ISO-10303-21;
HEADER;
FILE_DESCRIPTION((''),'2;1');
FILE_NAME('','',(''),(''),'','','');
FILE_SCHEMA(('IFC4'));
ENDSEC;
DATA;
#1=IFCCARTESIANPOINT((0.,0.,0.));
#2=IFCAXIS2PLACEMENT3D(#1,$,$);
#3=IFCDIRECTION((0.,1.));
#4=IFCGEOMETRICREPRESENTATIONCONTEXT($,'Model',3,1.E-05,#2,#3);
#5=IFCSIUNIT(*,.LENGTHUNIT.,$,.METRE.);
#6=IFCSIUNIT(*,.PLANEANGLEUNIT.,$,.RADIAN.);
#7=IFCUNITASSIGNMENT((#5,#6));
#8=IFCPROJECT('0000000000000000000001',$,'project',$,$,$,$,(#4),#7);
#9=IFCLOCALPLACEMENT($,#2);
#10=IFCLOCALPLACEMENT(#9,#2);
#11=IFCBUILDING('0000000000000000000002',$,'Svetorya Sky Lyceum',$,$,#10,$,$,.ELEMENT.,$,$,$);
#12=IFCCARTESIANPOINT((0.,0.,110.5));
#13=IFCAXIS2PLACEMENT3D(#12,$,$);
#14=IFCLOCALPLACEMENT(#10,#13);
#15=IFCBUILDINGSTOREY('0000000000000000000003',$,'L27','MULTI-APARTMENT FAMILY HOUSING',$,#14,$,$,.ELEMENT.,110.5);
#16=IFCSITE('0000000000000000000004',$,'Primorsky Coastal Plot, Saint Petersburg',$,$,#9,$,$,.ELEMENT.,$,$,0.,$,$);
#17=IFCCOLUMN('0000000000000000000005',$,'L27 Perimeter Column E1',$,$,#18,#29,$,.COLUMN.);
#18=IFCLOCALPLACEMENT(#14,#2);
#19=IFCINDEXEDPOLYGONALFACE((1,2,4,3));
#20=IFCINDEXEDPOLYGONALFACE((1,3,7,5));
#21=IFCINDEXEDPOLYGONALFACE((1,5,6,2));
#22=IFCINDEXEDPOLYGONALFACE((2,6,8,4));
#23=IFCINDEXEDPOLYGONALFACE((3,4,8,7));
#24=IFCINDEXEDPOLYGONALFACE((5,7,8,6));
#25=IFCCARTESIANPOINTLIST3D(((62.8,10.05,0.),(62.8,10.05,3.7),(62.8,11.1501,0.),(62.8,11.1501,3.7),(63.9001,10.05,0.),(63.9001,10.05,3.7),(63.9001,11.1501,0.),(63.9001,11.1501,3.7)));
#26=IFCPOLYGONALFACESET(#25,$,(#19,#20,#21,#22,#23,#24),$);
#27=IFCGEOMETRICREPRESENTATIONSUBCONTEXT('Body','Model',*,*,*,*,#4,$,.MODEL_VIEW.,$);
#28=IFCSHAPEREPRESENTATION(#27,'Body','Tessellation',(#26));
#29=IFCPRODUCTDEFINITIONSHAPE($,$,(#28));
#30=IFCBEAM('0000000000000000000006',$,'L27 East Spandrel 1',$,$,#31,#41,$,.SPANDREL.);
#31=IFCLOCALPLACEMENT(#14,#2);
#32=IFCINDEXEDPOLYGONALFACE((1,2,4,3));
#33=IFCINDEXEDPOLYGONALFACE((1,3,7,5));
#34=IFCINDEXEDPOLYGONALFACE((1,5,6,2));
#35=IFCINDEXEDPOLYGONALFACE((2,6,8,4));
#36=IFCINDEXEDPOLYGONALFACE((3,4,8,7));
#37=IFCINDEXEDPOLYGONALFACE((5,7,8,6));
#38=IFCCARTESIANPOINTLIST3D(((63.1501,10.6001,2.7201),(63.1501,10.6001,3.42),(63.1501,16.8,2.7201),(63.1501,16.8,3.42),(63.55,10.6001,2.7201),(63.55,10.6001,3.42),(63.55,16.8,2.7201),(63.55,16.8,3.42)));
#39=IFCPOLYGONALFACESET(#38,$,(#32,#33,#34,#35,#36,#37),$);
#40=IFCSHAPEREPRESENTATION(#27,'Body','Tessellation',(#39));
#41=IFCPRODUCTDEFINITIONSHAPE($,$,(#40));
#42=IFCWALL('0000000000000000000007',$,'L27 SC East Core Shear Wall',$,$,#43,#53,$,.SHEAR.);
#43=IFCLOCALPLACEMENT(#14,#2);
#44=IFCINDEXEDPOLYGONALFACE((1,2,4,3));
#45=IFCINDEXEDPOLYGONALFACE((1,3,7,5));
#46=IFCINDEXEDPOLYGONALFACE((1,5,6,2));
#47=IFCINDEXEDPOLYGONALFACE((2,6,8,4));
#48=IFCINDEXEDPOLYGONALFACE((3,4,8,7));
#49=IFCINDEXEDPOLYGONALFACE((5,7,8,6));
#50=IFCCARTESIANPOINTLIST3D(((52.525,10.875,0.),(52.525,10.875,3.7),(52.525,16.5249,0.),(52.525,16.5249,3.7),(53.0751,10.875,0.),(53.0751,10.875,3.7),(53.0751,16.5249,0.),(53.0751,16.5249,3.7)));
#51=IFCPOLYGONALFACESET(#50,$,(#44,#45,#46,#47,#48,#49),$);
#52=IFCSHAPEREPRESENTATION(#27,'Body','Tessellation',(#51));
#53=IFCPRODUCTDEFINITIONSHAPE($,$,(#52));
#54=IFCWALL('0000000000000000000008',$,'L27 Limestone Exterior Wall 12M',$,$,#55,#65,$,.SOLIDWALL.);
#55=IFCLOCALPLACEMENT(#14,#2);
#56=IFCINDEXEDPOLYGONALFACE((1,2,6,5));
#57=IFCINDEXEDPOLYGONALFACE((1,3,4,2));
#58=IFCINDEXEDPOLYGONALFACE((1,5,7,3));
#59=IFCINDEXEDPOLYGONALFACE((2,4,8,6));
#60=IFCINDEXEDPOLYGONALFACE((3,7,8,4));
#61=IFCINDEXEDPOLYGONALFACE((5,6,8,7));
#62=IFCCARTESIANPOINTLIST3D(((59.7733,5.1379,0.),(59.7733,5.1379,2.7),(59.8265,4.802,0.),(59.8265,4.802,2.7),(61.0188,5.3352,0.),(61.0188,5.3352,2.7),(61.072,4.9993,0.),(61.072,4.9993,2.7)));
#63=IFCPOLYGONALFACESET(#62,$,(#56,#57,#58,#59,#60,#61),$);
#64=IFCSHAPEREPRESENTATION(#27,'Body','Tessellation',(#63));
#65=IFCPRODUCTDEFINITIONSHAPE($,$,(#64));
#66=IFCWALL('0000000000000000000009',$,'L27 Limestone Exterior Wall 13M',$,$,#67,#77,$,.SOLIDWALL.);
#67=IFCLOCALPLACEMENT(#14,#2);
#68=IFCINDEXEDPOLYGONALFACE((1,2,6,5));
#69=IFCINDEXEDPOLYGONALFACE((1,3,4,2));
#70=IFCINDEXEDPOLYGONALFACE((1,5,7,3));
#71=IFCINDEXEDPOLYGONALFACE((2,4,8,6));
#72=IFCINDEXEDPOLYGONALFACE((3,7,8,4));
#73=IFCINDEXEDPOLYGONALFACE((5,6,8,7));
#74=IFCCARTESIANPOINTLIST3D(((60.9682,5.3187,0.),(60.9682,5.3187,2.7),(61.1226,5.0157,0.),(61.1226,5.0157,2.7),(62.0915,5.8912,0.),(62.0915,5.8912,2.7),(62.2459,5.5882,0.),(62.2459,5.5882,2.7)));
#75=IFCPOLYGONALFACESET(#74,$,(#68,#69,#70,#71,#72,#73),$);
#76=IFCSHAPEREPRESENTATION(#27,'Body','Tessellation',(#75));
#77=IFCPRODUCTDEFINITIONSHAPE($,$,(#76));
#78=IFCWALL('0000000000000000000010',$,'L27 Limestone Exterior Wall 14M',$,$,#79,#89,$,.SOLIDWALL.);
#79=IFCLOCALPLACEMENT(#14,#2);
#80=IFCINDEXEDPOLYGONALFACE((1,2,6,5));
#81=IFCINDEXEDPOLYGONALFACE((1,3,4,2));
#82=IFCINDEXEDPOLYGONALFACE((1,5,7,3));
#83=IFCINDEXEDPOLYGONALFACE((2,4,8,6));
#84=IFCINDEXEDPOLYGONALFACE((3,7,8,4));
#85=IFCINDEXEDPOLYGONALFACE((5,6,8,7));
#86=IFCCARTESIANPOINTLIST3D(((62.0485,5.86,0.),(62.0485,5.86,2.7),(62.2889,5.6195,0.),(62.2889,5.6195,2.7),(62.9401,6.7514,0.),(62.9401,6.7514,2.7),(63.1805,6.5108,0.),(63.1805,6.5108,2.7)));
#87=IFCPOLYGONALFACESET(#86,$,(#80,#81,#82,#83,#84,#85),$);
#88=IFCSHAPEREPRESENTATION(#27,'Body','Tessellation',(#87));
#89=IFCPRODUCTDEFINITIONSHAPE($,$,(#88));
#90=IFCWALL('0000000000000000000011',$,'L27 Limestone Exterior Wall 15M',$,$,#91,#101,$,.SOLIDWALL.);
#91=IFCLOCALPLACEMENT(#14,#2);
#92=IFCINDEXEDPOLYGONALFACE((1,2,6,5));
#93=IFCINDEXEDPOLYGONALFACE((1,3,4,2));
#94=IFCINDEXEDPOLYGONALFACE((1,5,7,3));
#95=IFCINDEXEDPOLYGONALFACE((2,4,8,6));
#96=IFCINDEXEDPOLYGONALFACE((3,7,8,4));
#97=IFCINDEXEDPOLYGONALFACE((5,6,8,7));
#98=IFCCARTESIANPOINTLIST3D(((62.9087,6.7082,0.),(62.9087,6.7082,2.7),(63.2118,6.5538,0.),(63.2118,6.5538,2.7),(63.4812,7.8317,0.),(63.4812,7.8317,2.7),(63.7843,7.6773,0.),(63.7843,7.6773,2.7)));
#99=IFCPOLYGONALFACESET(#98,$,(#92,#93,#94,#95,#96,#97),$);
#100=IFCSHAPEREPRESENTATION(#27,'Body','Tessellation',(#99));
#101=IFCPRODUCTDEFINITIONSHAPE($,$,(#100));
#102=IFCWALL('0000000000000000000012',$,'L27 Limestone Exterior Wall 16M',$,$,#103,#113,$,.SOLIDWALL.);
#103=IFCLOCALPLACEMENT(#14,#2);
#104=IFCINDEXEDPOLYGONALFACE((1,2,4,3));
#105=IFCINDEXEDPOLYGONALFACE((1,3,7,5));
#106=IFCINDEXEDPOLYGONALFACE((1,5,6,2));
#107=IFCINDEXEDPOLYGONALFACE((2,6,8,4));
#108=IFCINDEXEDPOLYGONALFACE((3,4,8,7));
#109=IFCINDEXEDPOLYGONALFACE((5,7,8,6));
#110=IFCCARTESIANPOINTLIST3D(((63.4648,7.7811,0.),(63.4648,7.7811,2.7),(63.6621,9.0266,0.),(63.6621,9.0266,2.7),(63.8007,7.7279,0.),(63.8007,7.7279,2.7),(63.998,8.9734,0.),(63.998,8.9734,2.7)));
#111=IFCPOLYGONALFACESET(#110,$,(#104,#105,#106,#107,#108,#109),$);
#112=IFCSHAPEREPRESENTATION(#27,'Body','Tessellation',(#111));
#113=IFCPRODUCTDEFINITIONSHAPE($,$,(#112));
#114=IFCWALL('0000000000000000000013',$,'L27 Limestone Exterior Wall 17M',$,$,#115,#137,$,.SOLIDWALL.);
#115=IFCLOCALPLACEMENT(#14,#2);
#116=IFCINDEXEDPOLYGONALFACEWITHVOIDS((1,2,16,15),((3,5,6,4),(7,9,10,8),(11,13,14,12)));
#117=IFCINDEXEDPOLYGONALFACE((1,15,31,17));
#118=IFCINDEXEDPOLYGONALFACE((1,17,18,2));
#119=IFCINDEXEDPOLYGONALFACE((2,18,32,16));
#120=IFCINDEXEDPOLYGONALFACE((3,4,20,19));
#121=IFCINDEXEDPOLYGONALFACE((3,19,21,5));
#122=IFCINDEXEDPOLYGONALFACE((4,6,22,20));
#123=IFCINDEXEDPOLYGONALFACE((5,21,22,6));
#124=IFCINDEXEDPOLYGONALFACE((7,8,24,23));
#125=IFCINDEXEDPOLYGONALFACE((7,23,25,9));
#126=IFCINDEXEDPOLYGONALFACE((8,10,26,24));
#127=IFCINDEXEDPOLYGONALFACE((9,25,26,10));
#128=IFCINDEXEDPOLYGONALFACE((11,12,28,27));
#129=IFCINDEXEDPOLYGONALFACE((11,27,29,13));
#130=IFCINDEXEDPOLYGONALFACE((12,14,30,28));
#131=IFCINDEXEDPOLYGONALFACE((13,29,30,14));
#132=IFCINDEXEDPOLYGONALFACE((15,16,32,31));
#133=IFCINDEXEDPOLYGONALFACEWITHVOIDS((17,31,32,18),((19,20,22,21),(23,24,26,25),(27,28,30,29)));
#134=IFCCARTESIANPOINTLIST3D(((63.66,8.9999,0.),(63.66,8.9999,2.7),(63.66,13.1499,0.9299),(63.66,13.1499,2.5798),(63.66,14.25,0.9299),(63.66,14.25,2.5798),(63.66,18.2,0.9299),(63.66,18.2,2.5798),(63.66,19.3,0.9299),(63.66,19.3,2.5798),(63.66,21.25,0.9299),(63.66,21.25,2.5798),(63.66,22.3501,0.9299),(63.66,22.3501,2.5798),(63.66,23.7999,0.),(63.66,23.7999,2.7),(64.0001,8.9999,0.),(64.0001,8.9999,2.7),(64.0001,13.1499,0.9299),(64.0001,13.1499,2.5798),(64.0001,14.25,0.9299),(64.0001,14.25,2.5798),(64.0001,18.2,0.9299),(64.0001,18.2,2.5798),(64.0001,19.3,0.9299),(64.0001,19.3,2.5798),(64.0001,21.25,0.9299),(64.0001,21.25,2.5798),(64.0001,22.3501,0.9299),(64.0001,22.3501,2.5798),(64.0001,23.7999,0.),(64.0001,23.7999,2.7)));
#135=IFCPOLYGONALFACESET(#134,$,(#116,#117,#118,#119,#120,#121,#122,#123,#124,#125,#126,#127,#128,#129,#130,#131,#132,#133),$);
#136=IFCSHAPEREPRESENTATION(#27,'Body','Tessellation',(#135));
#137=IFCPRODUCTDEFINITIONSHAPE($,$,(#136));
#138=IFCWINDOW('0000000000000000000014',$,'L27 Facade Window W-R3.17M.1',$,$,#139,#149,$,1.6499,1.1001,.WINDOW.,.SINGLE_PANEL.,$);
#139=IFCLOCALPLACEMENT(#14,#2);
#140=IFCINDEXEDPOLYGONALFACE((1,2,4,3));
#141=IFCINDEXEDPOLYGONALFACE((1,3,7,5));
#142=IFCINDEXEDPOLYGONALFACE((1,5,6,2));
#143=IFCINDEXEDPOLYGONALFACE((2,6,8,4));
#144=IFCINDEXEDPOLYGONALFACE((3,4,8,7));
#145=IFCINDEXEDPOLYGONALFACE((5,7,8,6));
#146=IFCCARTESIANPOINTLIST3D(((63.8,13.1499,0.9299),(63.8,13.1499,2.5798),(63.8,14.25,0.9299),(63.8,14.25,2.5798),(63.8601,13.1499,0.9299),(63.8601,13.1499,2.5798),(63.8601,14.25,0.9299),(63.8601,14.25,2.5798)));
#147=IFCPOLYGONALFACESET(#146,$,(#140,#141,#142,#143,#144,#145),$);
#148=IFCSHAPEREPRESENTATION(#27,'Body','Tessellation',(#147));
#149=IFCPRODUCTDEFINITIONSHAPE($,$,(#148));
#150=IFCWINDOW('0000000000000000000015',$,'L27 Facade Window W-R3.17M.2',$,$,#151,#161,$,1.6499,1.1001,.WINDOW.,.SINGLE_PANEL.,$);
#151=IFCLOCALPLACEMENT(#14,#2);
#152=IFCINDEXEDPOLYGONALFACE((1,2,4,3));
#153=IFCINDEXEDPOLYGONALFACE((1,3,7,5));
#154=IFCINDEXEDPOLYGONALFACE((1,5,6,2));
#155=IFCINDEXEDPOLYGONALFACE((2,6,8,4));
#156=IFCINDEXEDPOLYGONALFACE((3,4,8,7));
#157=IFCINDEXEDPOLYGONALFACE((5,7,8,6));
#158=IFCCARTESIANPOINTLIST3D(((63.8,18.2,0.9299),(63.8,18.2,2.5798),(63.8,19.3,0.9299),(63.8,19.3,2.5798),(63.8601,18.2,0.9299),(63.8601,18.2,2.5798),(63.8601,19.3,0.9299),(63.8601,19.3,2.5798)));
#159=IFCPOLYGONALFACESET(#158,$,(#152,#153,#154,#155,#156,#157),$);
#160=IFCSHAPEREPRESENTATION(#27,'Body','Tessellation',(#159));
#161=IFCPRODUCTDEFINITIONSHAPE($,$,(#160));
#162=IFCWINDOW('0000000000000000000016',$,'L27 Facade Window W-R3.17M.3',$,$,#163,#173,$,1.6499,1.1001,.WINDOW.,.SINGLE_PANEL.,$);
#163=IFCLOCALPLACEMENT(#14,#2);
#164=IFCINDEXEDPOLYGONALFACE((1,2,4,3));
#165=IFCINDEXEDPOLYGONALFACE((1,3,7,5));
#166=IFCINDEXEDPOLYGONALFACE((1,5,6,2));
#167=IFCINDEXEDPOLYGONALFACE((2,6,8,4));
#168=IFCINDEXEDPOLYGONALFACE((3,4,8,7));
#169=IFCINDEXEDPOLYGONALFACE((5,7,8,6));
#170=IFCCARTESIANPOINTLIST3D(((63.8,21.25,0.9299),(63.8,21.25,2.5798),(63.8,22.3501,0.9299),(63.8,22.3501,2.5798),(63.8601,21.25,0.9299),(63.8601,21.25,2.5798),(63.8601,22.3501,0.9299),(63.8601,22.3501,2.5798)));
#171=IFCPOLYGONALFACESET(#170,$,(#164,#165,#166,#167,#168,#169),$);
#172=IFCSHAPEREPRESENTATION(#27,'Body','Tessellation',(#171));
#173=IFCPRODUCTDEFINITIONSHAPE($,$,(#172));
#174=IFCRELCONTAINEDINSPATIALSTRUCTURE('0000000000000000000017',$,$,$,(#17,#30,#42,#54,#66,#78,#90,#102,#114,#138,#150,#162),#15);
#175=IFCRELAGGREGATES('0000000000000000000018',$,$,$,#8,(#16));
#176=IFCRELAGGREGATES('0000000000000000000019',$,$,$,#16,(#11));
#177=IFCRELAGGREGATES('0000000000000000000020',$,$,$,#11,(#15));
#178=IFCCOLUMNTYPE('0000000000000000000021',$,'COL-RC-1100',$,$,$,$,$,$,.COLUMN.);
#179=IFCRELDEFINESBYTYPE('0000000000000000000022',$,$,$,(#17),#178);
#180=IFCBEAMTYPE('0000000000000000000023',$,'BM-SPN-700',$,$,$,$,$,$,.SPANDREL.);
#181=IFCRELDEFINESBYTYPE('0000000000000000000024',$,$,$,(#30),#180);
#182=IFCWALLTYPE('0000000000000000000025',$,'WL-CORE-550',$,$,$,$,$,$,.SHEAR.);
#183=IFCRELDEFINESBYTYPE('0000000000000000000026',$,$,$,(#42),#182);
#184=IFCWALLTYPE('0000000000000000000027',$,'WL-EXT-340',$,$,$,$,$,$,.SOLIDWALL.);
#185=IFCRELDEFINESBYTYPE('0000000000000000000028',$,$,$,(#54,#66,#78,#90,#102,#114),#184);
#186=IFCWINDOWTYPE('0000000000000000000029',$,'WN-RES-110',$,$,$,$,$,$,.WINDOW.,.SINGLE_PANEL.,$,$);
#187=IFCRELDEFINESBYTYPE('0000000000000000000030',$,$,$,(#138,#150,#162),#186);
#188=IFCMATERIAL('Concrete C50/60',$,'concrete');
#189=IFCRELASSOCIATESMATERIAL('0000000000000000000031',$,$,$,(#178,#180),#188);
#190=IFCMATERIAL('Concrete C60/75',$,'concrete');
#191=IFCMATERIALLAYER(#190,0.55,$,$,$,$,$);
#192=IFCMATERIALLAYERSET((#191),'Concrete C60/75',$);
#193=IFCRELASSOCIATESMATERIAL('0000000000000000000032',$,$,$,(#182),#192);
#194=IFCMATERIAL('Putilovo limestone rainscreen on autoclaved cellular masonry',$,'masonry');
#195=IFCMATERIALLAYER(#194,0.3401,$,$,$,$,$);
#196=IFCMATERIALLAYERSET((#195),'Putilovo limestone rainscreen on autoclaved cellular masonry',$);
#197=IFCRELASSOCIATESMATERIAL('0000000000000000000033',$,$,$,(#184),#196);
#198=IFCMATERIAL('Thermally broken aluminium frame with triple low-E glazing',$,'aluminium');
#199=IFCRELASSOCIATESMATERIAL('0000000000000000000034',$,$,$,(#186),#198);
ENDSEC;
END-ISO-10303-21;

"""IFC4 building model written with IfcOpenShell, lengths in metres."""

from ifc_helpers import new_model, si_unit, direction, frame, frame_2d, origin, origin_2d, place, context, subcontext, project, spatial, rectangle, extrude, material, layer, layer_set, material_profile, profile_set, type_object, element, fill, save


model = new_model("IFC4")

# Units and contexts
model_context = context("Model", 3, precision=1e-05, world=origin(), true_north=direction((0.0, 1.0)))
body_context = subcontext(model_context, "Body", "Model", "MODEL_VIEW")
ifc_project = project(units=[si_unit("LENGTHUNIT", "METRE"), si_unit("PLANEANGLEUNIT", "RADIAN")], contexts=[model_context])

# Site, building, storey
site_placement = place(None, origin())
site = spatial("IfcSite", under=ifc_project, at=site_placement, Name="Primorsky Coastal Plot, Saint Petersburg", CompositionType="ELEMENT", RefElevation=0.0)
building_placement = place(site_placement, origin())
building = spatial("IfcBuilding", under=site, at=building_placement, Name="Svetorya Sky Lyceum", CompositionType="ELEMENT")
storey_placement = place(building_placement, frame((0.0, 0.0, 110.5)))
storey = spatial("IfcBuildingStorey", under=building, at=storey_placement, Name="L27", Description="MULTI-APARTMENT FAMILY HOUSING", CompositionType="ELEMENT", Elevation=110.5)

# Column
ifc_material_1 = material(Name="Concrete C50/60", Category="concrete")
ifc_material_profile_1 = material_profile(ifc_material_1, rectangle(XDim=1.1001, YDim=1.1001, at=origin_2d()), Name="RC COL 1100x1100")
ifc_profile_set_1 = profile_set([ifc_material_profile_1], Name="Concrete C50/60")
column_type = type_object("IfcColumnType", Name="COL-RC-1100", PredefinedType="COLUMN", material=ifc_profile_set_1)
column_placement = place(storey_placement, frame((63.3501, 10.6001, 0.0), z_axis=(0.0, 0.0, 1.0), x_axis=(1.0, 0.0, 0.0)))
element("IfcColumn", 1, at=column_placement, inside=storey, type_object=column_type, Name="L27 Perimeter Column E1", PredefinedType="COLUMN", context=body_context, shape_type="SweptSolid", body=[
    extrude(rectangle(XDim=1.1001, YDim=1.1001, at=origin_2d()), origin(), (0.0, 0.0, 1.0), 3.7),
])

# Beam
ifc_material_profile_2 = material_profile(ifc_material_1, rectangle(XDim=0.3999, YDim=0.7, at=origin_2d()), Name="RC SPANDREL 400x700")
ifc_profile_set_2 = profile_set([ifc_material_profile_2], Name="Concrete C50/60")
beam_type = type_object("IfcBeamType", Name="BM-SPN-700", PredefinedType="SPANDREL", material=ifc_profile_set_2)
beam_placement = place(storey_placement, frame((63.3501, 10.6001, 3.0701), z_axis=(0.0, 1.0, 0.0), x_axis=(-1.0, 0.0, 0.0)))
element("IfcBeam", 2, at=beam_placement, inside=storey, type_object=beam_type, Name="L27 East Spandrel 1", PredefinedType="SPANDREL", context=body_context, shape_type="SweptSolid", body=[
    extrude(rectangle(XDim=0.3999, YDim=0.7, at=origin_2d()), origin(), (0.0, 0.0, 1.0), 6.2),
])

# Walls
ifc_material_2 = material(Name="Concrete C60/75", Category="concrete")
ifc_layer_1 = layer(ifc_material_2, 0.55)
ifc_layer_set_1 = layer_set([ifc_layer_1], Name="Concrete C60/75")
wall_type_1 = type_object("IfcWallType", Name="WL-CORE-550", PredefinedType="SHEAR", material=ifc_layer_set_1)
wall_1_placement = place(storey_placement, frame((52.8, 10.875, 0.0), z_axis=(0.0, 0.0, 1.0), x_axis=(0.0, 1.0, 0.0)))
element("IfcWall", 3, at=wall_1_placement, inside=storey, type_object=wall_type_1, Name="L27 SC East Core Shear Wall", PredefinedType="SHEAR", context=body_context, shape_type="SweptSolid", body=[
    extrude(rectangle(XDim=5.6499, YDim=0.55, at=frame_2d((2.825, 0.0))), origin(), (0.0, 0.0, 1.0), 3.7),
])
ifc_material_3 = material(Name="Putilovo limestone rainscreen on autoclaved cellular masonry", Category="masonry")
ifc_layer_2 = layer(ifc_material_3, 0.3401)
ifc_layer_set_2 = layer_set([ifc_layer_2], Name="Putilovo limestone rainscreen on autoclaved cellular masonry")
wall_type_2 = type_object("IfcWallType", Name="WL-EXT-340", PredefinedType="SOLIDWALL", material=ifc_layer_set_2)
wall_2_placement = place(storey_placement, frame((59.8, 4.97, 0.0), z_axis=(0.0, 0.0, 1.0), x_axis=(0.987686, 0.15645, 0.0)))
element("IfcWall", 4, at=wall_2_placement, inside=storey, type_object=wall_type_2, Name="L27 Limestone Exterior Wall 12M", PredefinedType="SOLIDWALL", context=body_context, shape_type="SweptSolid", body=[
    extrude(rectangle(XDim=1.261, YDim=0.3401, at=frame_2d((0.6304, 0.0))), origin(), (0.0, 0.0, 1.0), 2.7),
])
for number, where, z_axis, x_axis, name in (
    (5, (61.0454, 5.1672, 0.0), (0.0, 0.0, 1.0), (0.890954, 0.454094, 0.0), "L27 Limestone Exterior Wall 13M"),
    (6, (62.1687, 5.7397, 0.0), (0.0, 0.0, 1.0), (0.707204, 0.70701, 0.0), "L27 Limestone Exterior Wall 14M"),
):
    element("IfcWall", number, at=place(storey_placement, frame(where, z_axis=z_axis, x_axis=x_axis)), inside=storey, type_object=wall_type_2, Name=name, PredefinedType="SOLIDWALL", context=body_context, shape_type="SweptSolid", body=[
        extrude(rectangle(XDim=1.2607, YDim=0.3401, at=frame_2d((0.6304, 0.0))), origin(), (0.0, 0.0, 1.0), 2.7),
    ])
for number, where, z_axis, x_axis, name in (
    (7, (63.0603, 6.6311, 0.0), (0.0, 0.0, 1.0), (0.454016, 0.890994, 0.0), "L27 Limestone Exterior Wall 15M"),
    (8, (63.6328, 7.7546, 0.0), (0.0, 0.0, 1.0), (0.15645, 0.987686, 0.0), "L27 Limestone Exterior Wall 16M"),
):
    element("IfcWall", number, at=place(storey_placement, frame(where, z_axis=z_axis, x_axis=x_axis)), inside=storey, type_object=wall_type_2, Name=name, PredefinedType="SOLIDWALL", context=body_context, shape_type="SweptSolid", body=[
        extrude(rectangle(XDim=1.261, YDim=0.3401, at=frame_2d((0.6304, 0.0))), origin(), (0.0, 0.0, 1.0), 2.7),
    ])

# Wall, openings, windows
wall_3_placement = place(storey_placement, frame((63.8301, 9.0, 0.0), z_axis=(0.0, 0.0, 1.0), x_axis=(0.0, 1.0, 0.0)))
wall_3 = element("IfcWall", 9, at=wall_3_placement, inside=storey, type_object=wall_type_2, Name="L27 Limestone Exterior Wall 17M", PredefinedType="SOLIDWALL", context=body_context, shape_type="SweptSolid", body=[
    extrude(rectangle(XDim=14.8, YDim=0.3401, at=frame_2d((7.3999, 0.0))), origin(), (0.0, 0.0, 1.0), 2.7),
])
opening_1_placement = place(wall_3_placement, frame((4.1499, 0.0, 0.9299)))
opening_1 = element("IfcOpeningElement", 10, at=opening_1_placement, cuts=wall_3, PredefinedType="OPENING", context=body_context, shape_type="SweptSolid", body=[
    extrude(rectangle(XDim=1.1001, YDim=1.6499, at=frame_2d((0.55, 0.825))), frame((0.0, 0.1799, 0.0), z_axis=(0.0, -1.0, 0.0), x_axis=(1.0, 0.0, 0.0)), (0.0, 0.0, 1.0), 0.3601),
])
opening_2_placement = place(wall_3_placement, frame((9.2, 0.0, 0.9299)))
opening_2 = element("IfcOpeningElement", 11, at=opening_2_placement, cuts=wall_3, PredefinedType="OPENING", context=body_context, shape_type="SweptSolid", body=[
    extrude(rectangle(XDim=1.1001, YDim=1.6499, at=frame_2d((0.55, 0.825))), frame((0.0, 0.1799, 0.0), z_axis=(0.0, -1.0, 0.0), x_axis=(1.0, 0.0, 0.0)), (0.0, 0.0, 1.0), 0.3601),
])
opening_3_placement = place(wall_3_placement, frame((12.25, 0.0, 0.9299)))
opening_3 = element("IfcOpeningElement", 12, at=opening_3_placement, cuts=wall_3, PredefinedType="OPENING", context=body_context, shape_type="SweptSolid", body=[
    extrude(rectangle(XDim=1.1001, YDim=1.6499, at=frame_2d((0.55, 0.825))), frame((0.0, 0.1799, 0.0), z_axis=(0.0, -1.0, 0.0), x_axis=(1.0, 0.0, 0.0)), (0.0, 0.0, 1.0), 0.3601),
])
ifc_material_4 = material(Name="Thermally broken aluminium frame with triple low-E glazing", Category="aluminium")
window_type = type_object("IfcWindowType", Name="WN-RES-110", PartitioningType="SINGLE_PANEL", PredefinedType="WINDOW", material=ifc_material_4)
window_1_placement = place(opening_1_placement, origin())
window_1 = element("IfcWindow", 13, at=window_1_placement, inside=storey, type_object=window_type, Name="L27 Facade Window W-R3.17M.1", OverallHeight=1.6499, OverallWidth=1.1001, PartitioningType="SINGLE_PANEL", PredefinedType="WINDOW", context=body_context, shape_type="SweptSolid", body=[
    extrude(rectangle(XDim=1.1001, YDim=1.6499, at=frame_2d((0.55, 0.825))), frame((0.0, 0.03, 0.0), z_axis=(0.0, -1.0, 0.0), x_axis=(1.0, 0.0, 0.0)), (0.0, 0.0, 1.0), 0.0601),
])
fill(opening_1, window_1)
window_2_placement = place(opening_2_placement, origin())
window_2 = element("IfcWindow", 14, at=window_2_placement, inside=storey, type_object=window_type, Name="L27 Facade Window W-R3.17M.2", OverallHeight=1.6499, OverallWidth=1.1001, PartitioningType="SINGLE_PANEL", PredefinedType="WINDOW", context=body_context, shape_type="SweptSolid", body=[
    extrude(rectangle(XDim=1.1001, YDim=1.6499, at=frame_2d((0.55, 0.825))), frame((0.0, 0.03, 0.0), z_axis=(0.0, -1.0, 0.0), x_axis=(1.0, 0.0, 0.0)), (0.0, 0.0, 1.0), 0.0601),
])
fill(opening_2, window_2)
window_3_placement = place(opening_3_placement, origin())
window_3 = element("IfcWindow", 15, at=window_3_placement, inside=storey, type_object=window_type, Name="L27 Facade Window W-R3.17M.3", OverallHeight=1.6499, OverallWidth=1.1001, PartitioningType="SINGLE_PANEL", PredefinedType="WINDOW", context=body_context, shape_type="SweptSolid", body=[
    extrude(rectangle(XDim=1.1001, YDim=1.6499, at=frame_2d((0.55, 0.825))), frame((0.0, 0.03, 0.0), z_axis=(0.0, -1.0, 0.0), x_axis=(1.0, 0.0, 0.0)), (0.0, 0.0, 1.0), 0.0601),
])
fill(opening_3, window_3)

save(model, "model.ifc")
